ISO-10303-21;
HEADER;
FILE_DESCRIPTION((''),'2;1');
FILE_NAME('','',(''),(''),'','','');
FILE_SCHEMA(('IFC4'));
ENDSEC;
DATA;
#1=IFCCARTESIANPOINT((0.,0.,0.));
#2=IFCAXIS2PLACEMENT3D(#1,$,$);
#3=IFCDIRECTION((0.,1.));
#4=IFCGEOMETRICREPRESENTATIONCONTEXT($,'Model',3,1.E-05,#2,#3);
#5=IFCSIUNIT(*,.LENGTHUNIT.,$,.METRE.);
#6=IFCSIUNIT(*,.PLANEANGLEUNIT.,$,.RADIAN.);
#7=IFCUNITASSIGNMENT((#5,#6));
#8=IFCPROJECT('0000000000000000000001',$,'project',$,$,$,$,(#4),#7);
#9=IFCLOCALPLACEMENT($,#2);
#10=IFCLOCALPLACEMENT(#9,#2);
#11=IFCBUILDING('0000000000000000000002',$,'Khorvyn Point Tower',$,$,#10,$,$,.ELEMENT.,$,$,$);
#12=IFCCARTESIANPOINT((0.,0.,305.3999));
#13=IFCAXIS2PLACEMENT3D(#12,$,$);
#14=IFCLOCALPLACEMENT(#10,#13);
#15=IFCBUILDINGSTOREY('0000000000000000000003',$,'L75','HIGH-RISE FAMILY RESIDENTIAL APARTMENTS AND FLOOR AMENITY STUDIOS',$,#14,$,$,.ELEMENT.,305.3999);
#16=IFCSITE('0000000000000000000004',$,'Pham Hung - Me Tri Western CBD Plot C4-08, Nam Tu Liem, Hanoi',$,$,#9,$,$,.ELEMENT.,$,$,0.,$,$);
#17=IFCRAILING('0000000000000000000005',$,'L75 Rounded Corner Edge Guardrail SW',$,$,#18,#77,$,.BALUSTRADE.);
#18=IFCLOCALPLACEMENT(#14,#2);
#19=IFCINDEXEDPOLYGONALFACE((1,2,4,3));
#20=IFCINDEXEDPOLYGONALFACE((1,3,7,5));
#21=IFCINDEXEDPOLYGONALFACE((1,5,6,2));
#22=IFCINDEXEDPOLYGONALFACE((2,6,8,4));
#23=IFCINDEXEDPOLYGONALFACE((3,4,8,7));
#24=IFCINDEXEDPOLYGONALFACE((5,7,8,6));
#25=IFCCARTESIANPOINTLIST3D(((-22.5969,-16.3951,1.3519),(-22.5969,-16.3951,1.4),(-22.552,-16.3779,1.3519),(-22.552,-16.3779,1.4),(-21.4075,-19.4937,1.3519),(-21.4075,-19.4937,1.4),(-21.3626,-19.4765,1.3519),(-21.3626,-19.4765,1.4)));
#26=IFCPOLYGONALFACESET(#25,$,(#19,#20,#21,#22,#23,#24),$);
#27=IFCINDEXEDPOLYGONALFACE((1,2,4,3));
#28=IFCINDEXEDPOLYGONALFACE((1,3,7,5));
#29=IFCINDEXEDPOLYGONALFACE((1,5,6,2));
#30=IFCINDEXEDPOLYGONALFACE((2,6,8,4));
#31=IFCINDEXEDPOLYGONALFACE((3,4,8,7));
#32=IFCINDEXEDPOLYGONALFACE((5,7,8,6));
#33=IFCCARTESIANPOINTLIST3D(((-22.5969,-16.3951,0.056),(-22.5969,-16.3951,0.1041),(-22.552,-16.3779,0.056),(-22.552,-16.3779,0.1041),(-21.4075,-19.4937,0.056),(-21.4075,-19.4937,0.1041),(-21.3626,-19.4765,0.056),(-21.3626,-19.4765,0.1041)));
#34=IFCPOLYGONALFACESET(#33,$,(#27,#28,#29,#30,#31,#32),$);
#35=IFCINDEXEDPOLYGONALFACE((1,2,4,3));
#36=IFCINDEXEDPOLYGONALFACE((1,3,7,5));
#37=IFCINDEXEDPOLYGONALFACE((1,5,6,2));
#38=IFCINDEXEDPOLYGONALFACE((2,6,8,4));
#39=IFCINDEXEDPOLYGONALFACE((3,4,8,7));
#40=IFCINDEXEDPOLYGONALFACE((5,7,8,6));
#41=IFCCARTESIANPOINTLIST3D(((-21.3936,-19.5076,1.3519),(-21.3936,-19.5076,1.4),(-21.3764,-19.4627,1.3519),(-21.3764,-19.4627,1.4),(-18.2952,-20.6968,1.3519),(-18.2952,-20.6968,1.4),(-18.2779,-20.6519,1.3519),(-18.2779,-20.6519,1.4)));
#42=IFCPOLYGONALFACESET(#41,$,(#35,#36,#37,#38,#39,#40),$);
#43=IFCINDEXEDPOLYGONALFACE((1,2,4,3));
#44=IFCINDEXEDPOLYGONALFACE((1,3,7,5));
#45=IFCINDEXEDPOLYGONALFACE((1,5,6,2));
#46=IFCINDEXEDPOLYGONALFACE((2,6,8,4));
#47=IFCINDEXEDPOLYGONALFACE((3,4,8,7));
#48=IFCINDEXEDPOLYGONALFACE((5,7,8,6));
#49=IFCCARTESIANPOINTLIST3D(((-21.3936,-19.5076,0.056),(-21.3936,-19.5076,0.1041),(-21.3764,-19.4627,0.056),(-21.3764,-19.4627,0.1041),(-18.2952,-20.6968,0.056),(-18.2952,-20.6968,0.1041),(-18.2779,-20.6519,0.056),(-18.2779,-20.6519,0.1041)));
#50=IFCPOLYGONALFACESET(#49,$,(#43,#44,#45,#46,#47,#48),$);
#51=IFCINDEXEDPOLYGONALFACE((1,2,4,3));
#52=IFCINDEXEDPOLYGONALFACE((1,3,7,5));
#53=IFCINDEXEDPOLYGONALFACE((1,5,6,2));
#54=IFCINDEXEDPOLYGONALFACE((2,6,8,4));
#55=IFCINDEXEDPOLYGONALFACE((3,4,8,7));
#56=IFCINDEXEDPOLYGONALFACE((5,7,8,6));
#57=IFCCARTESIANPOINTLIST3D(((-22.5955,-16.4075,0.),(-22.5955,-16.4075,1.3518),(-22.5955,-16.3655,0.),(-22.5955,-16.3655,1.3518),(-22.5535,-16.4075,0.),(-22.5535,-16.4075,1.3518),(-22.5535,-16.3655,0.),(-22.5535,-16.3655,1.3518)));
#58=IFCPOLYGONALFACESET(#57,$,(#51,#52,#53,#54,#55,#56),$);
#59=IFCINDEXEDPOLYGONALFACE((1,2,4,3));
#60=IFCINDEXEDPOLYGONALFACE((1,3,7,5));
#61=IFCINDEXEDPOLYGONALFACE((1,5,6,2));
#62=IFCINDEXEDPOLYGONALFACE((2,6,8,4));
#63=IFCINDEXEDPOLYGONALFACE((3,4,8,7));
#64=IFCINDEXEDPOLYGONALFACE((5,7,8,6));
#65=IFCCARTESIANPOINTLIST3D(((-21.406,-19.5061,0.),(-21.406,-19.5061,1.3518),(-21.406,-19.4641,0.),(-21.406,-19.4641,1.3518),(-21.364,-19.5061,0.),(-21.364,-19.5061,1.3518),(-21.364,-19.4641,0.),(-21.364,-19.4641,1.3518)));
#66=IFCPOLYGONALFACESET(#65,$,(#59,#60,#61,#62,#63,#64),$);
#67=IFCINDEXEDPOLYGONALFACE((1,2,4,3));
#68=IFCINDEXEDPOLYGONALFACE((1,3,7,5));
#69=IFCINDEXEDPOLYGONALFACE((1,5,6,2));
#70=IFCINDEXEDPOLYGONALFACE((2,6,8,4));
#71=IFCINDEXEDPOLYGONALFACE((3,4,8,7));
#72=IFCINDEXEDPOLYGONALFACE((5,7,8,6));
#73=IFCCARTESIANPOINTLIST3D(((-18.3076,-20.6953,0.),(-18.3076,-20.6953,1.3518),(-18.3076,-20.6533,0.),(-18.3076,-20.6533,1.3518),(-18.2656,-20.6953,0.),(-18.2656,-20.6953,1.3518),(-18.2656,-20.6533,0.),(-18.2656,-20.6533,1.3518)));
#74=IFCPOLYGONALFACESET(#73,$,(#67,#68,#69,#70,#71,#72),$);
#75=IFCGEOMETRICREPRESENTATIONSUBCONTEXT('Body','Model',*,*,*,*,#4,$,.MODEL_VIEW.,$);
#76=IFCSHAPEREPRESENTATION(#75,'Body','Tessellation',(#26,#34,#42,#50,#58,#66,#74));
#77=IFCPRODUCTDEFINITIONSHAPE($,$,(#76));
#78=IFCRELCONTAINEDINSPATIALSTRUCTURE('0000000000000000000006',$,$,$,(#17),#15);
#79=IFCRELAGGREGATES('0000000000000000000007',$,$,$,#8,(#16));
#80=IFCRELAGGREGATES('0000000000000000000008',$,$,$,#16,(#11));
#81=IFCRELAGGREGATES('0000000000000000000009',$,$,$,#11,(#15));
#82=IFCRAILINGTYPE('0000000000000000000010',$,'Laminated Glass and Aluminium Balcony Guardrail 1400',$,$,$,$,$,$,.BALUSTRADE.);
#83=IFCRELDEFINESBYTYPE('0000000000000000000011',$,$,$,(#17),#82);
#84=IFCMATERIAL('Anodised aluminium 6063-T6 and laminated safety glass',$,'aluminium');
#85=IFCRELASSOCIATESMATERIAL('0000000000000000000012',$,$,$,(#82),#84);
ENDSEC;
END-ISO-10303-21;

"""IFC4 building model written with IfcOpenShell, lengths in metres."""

from ifc_helpers import new_model, si_unit, direction, frame, origin, origin_2d, place, context, subcontext, project, spatial, rectangle, extrude, material, type_object, element, save


model = new_model("IFC4")

# Units and contexts
model_context = context("Model", 3, precision=1e-05, world=origin(), true_north=direction((0.0, 1.0)))
body_context = subcontext(model_context, "Body", "Model", "MODEL_VIEW")
ifc_project = project(units=[si_unit("LENGTHUNIT", "METRE"), si_unit("PLANEANGLEUNIT", "RADIAN")], contexts=[model_context])

# Site, building, storey
site_placement = place(None, origin())
site = spatial("IfcSite", under=ifc_project, at=site_placement, Name="Pham Hung - Me Tri Western CBD Plot C4-08, Nam Tu Liem, Hanoi", CompositionType="ELEMENT", RefElevation=0.0)
building_placement = place(site_placement, origin())
building = spatial("IfcBuilding", under=site, at=building_placement, Name="Khorvyn Point Tower", CompositionType="ELEMENT")
storey_placement = place(building_placement, frame((0.0, 0.0, 305.3999)))
storey = spatial("IfcBuildingStorey", under=building, at=storey_placement, Name="L75", Description="HIGH-RISE FAMILY RESIDENTIAL APARTMENTS AND FLOOR AMENITY STUDIOS", CompositionType="ELEMENT", Elevation=305.3999)

# Railing
ifc_material_1 = material(Name="Anodised aluminium 6063-T6 and laminated safety glass", Category="aluminium")
railing_type = type_object("IfcRailingType", Name="Laminated Glass and Aluminium Balcony Guardrail 1400", PredefinedType="BALUSTRADE", material=ifc_material_1)
railing_1_placement = place(storey_placement, frame((-22.5745, -16.3865, 0.0)))
element("IfcRailing", 1, at=railing_1_placement, inside=storey, type_object=railing_type, Name="L75 Rounded Corner Edge Guardrail SW", PredefinedType="BALUSTRADE", context=body_context, shape_type="SweptSolid", body=[
    extrude(rectangle(XDim=0.0481, YDim=0.0481, at=origin_2d()), frame((0.0, 0.0, 1.376), z_axis=(0.358368, -0.93358, 0.0), x_axis=(0.93358, 0.358368, 0.0)), (0.0, 0.0, 1.0), 3.3191),
    extrude(rectangle(XDim=0.0481, YDim=0.0481, at=origin_2d()), frame((0.0, 0.0, 0.0801), z_axis=(0.358368, -0.93358, 0.0), x_axis=(0.93358, 0.358368, 0.0)), (0.0, 0.0, 1.0), 3.3191),
    extrude(rectangle(XDim=0.0481, YDim=0.0481, at=origin_2d()), frame((1.1895, -3.0986, 1.376), z_axis=(0.933596, -0.358328, 0.0), x_axis=(0.358328, 0.933596, 0.0)), (0.0, 0.0, 1.0), 3.3188),
    extrude(rectangle(XDim=0.0481, YDim=0.0481, at=origin_2d()), frame((1.1895, -3.0986, 0.0801), z_axis=(0.933596, -0.358328, 0.0), x_axis=(0.358328, 0.933596, 0.0)), (0.0, 0.0, 1.0), 3.3188),
    extrude(rectangle(XDim=0.042, YDim=0.042, at=origin_2d()), origin(), (0.0, 0.0, 1.0), 1.3518),
    extrude(rectangle(XDim=0.042, YDim=0.042, at=origin_2d()), frame((1.1895, -3.0986, 0.0)), (0.0, 0.0, 1.0), 1.3518),
    extrude(rectangle(XDim=0.042, YDim=0.042, at=origin_2d()), frame((4.2878, -4.2878, 0.0)), (0.0, 0.0, 1.0), 1.3518),
])

save(model, "model.ifc")
